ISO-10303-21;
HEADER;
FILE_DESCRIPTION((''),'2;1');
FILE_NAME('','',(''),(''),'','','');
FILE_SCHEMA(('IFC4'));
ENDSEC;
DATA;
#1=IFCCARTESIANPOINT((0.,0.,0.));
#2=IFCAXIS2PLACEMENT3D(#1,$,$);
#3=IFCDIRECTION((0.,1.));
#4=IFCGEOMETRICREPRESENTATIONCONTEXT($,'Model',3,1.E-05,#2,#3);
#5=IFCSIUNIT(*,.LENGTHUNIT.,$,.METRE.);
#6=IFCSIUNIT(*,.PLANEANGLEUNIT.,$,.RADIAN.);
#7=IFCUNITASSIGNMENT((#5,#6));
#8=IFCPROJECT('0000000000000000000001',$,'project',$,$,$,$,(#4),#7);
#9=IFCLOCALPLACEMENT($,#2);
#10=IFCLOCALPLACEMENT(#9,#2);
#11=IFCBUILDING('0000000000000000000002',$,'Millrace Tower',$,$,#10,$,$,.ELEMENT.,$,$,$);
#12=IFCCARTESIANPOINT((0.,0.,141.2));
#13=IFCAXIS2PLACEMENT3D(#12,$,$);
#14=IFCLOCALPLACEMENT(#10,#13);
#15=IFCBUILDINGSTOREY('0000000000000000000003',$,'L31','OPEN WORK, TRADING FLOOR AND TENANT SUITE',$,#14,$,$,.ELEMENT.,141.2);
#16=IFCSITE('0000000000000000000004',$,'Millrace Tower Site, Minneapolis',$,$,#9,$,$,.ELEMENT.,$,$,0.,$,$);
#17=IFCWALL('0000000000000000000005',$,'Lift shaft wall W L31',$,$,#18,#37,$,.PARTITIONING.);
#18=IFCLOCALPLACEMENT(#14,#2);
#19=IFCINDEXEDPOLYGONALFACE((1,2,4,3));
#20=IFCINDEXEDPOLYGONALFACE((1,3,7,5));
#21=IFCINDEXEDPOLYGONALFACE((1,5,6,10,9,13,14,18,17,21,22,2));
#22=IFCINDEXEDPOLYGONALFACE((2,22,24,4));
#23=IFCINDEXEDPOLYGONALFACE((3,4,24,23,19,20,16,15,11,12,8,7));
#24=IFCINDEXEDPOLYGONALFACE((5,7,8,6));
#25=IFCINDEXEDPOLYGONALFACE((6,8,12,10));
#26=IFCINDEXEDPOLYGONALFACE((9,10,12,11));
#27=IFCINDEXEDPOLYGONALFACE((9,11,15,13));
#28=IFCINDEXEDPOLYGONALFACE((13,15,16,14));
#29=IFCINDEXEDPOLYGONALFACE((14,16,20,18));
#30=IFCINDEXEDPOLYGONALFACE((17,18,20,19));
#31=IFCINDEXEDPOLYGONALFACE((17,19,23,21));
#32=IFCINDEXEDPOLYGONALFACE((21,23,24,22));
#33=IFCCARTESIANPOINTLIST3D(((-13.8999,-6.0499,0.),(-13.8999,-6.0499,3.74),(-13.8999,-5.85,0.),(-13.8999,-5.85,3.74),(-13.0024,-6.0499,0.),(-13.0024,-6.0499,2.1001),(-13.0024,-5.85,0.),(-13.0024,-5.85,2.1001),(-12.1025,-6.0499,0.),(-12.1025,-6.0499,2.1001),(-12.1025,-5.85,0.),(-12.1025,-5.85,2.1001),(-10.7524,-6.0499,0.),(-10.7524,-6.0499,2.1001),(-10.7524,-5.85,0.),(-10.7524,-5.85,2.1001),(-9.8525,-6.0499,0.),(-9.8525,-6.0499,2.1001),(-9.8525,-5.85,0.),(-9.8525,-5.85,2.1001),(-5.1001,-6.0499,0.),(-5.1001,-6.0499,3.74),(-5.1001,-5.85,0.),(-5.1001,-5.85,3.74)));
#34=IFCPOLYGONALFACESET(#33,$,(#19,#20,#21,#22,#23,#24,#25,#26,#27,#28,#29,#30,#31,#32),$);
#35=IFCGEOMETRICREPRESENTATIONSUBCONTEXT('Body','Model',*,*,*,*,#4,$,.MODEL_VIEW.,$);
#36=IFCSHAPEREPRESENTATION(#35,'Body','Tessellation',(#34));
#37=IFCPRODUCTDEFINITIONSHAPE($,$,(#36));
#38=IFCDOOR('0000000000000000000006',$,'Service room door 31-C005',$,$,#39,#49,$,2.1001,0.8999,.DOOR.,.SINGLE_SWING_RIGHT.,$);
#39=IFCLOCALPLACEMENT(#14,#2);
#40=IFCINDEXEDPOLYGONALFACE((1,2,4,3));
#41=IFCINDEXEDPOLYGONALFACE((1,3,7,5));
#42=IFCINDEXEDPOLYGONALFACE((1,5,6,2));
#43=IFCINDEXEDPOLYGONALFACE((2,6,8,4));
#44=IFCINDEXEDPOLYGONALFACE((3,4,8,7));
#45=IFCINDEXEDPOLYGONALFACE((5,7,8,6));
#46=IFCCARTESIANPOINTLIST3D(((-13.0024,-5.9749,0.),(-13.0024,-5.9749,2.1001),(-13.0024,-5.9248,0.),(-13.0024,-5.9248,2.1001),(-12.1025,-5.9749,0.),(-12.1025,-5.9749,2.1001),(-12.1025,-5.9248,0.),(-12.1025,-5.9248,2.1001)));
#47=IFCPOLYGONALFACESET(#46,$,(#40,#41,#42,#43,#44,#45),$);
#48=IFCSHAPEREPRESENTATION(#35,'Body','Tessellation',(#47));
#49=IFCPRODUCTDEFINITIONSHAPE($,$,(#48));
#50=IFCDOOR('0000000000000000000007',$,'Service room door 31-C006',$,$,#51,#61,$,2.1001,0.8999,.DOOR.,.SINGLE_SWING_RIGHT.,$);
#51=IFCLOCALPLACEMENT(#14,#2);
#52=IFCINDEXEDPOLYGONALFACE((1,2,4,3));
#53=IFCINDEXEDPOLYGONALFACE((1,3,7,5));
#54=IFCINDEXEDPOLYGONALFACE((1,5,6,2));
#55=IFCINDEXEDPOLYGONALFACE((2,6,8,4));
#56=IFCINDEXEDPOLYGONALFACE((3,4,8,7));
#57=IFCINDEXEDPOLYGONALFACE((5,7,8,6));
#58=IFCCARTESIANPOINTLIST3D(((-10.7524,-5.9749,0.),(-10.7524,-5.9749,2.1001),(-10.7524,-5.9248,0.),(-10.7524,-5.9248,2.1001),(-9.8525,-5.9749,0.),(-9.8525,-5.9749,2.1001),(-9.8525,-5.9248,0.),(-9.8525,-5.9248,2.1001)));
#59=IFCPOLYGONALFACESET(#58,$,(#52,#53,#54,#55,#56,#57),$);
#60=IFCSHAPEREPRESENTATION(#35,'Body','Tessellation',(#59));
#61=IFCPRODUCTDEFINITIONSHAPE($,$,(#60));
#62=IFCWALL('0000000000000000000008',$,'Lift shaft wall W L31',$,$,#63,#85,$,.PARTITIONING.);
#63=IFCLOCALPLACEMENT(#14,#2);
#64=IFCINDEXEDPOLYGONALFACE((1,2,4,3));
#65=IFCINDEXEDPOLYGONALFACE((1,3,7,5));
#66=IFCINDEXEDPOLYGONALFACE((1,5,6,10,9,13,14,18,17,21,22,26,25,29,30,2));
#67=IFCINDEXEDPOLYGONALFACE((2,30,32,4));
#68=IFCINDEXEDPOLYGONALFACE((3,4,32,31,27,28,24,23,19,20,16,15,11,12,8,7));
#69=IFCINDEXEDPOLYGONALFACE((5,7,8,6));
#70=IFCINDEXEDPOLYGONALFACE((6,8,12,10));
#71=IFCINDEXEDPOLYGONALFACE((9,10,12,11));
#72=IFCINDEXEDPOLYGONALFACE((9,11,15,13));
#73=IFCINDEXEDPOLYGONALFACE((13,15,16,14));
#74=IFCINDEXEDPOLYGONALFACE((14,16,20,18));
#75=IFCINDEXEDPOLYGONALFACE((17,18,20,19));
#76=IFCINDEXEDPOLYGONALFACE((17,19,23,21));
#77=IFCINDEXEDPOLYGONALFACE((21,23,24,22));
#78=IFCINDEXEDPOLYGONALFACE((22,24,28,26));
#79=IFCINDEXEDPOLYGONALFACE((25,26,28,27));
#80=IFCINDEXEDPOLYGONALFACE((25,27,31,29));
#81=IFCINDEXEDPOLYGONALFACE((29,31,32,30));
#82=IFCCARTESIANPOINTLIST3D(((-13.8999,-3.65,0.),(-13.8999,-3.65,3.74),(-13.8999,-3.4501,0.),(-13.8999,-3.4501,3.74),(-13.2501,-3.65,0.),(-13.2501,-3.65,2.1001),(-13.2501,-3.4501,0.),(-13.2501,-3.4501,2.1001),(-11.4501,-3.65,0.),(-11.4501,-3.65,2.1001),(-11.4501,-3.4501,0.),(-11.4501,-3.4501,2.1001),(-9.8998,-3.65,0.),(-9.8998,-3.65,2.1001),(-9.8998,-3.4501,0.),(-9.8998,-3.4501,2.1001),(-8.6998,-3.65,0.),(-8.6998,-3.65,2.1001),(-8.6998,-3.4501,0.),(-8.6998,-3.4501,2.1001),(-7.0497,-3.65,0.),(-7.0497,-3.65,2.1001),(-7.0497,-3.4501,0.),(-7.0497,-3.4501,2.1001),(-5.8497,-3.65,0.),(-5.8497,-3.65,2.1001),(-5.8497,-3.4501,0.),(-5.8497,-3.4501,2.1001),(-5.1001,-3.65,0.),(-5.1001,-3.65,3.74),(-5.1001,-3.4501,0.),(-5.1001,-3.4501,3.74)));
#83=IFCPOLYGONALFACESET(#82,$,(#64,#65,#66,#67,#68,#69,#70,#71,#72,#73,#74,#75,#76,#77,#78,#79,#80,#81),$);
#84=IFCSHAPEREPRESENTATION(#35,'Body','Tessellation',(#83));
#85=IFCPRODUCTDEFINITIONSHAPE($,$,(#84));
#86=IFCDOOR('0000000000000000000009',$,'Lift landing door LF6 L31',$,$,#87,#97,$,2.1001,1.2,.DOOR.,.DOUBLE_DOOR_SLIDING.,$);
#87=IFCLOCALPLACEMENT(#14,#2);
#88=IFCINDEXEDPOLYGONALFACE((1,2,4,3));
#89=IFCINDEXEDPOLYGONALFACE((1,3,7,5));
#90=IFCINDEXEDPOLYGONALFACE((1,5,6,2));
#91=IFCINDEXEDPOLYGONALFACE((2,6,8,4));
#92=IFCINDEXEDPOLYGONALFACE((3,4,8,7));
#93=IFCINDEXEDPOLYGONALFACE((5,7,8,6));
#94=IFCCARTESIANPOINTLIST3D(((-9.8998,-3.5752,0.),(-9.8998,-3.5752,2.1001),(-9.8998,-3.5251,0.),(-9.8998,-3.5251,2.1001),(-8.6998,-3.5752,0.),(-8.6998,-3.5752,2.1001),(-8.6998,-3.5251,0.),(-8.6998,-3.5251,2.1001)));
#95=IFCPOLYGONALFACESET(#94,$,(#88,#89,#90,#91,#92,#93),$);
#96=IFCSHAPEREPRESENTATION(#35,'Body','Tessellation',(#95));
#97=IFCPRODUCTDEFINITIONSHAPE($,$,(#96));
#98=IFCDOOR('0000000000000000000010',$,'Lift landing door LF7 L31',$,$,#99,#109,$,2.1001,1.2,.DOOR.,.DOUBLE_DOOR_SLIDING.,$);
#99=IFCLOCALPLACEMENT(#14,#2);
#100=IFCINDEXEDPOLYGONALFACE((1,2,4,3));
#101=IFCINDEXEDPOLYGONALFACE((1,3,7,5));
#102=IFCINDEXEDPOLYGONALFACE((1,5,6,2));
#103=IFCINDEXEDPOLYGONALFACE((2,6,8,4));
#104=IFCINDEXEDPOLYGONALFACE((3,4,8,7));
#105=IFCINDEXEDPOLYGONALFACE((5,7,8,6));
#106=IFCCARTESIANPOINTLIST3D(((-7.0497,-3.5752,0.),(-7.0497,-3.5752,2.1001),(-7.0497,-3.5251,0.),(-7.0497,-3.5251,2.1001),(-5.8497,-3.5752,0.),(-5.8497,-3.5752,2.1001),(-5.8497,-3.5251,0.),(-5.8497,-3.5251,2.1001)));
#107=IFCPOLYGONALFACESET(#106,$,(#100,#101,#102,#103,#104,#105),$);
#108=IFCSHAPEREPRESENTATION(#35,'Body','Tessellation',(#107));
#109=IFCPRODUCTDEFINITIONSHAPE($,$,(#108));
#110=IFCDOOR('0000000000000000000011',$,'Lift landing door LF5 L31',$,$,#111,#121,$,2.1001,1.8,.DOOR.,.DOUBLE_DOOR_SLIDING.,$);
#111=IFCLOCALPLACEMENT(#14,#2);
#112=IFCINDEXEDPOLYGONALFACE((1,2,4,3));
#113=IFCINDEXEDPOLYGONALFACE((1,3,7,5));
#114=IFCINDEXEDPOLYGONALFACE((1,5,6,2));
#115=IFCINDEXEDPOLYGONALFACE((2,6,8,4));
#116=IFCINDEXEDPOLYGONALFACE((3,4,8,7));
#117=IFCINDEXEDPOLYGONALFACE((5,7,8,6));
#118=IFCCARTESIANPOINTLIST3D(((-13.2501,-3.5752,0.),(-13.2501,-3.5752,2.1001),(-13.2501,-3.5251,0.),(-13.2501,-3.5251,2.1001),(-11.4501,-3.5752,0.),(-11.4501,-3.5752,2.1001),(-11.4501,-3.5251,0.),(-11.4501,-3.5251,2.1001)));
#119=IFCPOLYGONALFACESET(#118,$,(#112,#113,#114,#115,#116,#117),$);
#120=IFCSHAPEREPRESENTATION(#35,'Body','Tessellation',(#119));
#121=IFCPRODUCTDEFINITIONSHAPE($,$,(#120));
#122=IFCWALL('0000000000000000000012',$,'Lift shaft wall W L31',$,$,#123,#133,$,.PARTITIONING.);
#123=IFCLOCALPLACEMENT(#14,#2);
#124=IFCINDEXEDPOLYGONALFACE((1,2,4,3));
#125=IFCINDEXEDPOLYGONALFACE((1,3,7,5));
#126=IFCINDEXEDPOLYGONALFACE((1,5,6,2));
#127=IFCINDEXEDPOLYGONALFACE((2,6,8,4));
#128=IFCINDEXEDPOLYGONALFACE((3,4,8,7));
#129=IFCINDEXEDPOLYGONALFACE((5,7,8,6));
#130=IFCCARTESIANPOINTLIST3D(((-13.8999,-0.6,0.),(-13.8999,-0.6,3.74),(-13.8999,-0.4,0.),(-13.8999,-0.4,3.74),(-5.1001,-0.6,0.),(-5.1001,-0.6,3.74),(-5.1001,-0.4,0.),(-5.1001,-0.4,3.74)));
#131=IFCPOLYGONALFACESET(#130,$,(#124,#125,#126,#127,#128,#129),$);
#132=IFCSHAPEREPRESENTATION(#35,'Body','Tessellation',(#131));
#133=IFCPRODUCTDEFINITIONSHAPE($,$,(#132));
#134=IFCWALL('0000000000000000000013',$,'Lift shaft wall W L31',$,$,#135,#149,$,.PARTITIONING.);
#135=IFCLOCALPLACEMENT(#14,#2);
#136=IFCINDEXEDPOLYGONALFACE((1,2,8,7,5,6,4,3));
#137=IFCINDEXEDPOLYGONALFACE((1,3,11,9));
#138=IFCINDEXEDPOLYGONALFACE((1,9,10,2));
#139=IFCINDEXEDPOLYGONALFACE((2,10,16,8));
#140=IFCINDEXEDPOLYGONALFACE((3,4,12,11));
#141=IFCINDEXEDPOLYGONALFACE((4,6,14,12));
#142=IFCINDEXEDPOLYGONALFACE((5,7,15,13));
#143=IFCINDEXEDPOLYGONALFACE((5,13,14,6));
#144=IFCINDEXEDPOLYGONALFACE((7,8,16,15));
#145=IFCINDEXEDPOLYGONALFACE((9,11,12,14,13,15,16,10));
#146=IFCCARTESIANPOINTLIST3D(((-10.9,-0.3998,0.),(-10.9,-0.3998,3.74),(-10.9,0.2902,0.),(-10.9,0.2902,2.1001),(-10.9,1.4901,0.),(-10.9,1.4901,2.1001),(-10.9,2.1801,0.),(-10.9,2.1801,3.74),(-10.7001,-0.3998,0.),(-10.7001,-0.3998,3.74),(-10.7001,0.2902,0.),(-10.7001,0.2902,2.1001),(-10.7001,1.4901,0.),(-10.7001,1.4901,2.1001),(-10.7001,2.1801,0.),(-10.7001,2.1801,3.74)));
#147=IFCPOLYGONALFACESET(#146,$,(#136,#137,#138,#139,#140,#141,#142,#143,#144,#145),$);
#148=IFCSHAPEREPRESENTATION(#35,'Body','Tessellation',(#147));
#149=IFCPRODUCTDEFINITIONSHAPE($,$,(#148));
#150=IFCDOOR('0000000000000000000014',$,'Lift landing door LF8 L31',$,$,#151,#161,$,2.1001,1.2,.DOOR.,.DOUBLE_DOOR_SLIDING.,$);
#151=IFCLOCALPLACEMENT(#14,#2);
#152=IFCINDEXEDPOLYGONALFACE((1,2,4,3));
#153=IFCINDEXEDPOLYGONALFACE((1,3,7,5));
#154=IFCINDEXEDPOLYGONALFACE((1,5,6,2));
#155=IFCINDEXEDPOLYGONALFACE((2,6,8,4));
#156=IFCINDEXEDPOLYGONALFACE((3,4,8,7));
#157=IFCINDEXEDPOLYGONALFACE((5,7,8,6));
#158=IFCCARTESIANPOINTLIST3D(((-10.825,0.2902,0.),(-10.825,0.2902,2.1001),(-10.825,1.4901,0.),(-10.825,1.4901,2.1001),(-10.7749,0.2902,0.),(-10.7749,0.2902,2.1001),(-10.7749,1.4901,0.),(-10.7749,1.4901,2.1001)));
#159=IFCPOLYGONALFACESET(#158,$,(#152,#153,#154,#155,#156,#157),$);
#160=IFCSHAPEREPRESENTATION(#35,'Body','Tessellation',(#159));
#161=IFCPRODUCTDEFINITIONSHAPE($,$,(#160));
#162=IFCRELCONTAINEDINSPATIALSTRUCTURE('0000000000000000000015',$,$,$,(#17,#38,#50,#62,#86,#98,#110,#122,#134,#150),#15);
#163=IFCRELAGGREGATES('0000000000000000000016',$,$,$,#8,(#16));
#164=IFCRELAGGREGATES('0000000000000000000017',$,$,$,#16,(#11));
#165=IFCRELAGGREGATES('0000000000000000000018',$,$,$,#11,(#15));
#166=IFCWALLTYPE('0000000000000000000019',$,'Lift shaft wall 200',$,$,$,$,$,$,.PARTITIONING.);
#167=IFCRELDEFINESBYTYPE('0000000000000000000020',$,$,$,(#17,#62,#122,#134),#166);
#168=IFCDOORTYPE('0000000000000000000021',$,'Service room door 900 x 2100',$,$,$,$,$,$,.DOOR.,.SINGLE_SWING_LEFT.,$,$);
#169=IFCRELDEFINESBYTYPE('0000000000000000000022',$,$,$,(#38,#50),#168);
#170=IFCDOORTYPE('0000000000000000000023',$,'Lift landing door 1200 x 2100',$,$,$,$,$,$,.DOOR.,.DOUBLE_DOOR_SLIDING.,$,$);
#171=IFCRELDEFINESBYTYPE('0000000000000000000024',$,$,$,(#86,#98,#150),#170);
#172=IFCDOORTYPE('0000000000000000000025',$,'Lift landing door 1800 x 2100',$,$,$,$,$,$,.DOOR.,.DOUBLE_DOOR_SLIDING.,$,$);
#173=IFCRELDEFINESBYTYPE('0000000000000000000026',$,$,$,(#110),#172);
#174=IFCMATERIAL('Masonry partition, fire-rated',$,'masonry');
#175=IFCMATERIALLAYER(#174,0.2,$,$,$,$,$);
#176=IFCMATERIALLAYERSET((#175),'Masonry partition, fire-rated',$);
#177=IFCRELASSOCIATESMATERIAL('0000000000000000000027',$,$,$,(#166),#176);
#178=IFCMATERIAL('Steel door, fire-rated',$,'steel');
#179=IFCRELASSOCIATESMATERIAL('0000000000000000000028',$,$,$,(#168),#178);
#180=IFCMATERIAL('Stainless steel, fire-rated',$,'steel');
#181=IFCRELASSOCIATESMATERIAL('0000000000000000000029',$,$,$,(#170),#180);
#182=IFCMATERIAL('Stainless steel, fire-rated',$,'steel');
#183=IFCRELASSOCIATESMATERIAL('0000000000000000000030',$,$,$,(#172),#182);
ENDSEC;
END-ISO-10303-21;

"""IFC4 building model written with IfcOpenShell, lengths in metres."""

from ifc_helpers import new_model, si_unit, direction, frame, frame_2d, origin, place, context, subcontext, project, spatial, rectangle, extrude, material, layer, layer_set, type_object, element, fill, save


model = new_model("IFC4")

# Units and contexts
model_context = context("Model", 3, precision=1e-05, world=origin(), true_north=direction((0.0, 1.0)))
body_context = subcontext(model_context, "Body", "Model", "MODEL_VIEW")
ifc_project = project(units=[si_unit("LENGTHUNIT", "METRE"), si_unit("PLANEANGLEUNIT", "RADIAN")], contexts=[model_context])

# Site, building, storey
site_placement = place(None, origin())
site = spatial("IfcSite", under=ifc_project, at=site_placement, Name="Millrace Tower Site, Minneapolis", CompositionType="ELEMENT", RefElevation=0.0)
building_placement = place(site_placement, origin())
building = spatial("IfcBuilding", under=site, at=building_placement, Name="Millrace Tower", CompositionType="ELEMENT")
storey_placement = place(building_placement, frame((0.0, 0.0, 141.2)))
storey = spatial("IfcBuildingStorey", under=building, at=storey_placement, Name="L31", Description="OPEN WORK, TRADING FLOOR AND TENANT SUITE", CompositionType="ELEMENT", Elevation=141.2)

# Walls, openings, doors
ifc_material_1 = material(Name="Masonry partition, fire-rated", Category="masonry")
ifc_layer_1 = layer(ifc_material_1, 0.2)
ifc_layer_set_1 = layer_set([ifc_layer_1], Name="Masonry partition, fire-rated")
wall_type_1 = type_object("IfcWallType", Name="Lift shaft wall 200", PredefinedType="PARTITIONING", material=ifc_layer_set_1)
wall_1_placement = place(storey_placement, frame((-13.8999, -5.95, 0.0), z_axis=(0.0, 0.0, 1.0), x_axis=(1.0, 0.0, 0.0)))
wall_1 = element("IfcWall", 1, at=wall_1_placement, inside=storey, type_object=wall_type_1, Name="Lift shaft wall W L31", PredefinedType="PARTITIONING", context=body_context, shape_type="SweptSolid", body=[
    extrude(rectangle(XDim=8.7998, YDim=0.2, at=frame_2d((4.3999, 0.0))), origin(), (0.0, 0.0, 1.0), 3.74),
])
opening_1_placement = place(wall_1_placement, frame((0.8975, 0.0, 0.0)))
opening_1 = element("IfcOpeningElement", 2, at=opening_1_placement, cuts=wall_1, PredefinedType="OPENING", context=body_context, shape_type="SweptSolid", body=[
    extrude(rectangle(XDim=0.8999, YDim=2.1001, at=frame_2d((0.45, 1.05))), frame((0.0, 0.1099, 0.0), z_axis=(0.0, -1.0, 0.0), x_axis=(1.0, 0.0, 0.0)), (0.0, 0.0, 1.0), 0.22),
])
opening_2_placement = place(wall_1_placement, frame((3.1475, 0.0, 0.0)))
opening_2 = element("IfcOpeningElement", 3, at=opening_2_placement, cuts=wall_1, PredefinedType="OPENING", context=body_context, shape_type="SweptSolid", body=[
    extrude(rectangle(XDim=0.8999, YDim=2.1001, at=frame_2d((0.45, 1.05))), frame((0.0, 0.1099, 0.0), z_axis=(0.0, -1.0, 0.0), x_axis=(1.0, 0.0, 0.0)), (0.0, 0.0, 1.0), 0.22),
])
ifc_material_2 = material(Name="Steel door, fire-rated", Category="steel")
door_type_1 = type_object("IfcDoorType", Name="Service room door 900 x 2100", OperationType="SINGLE_SWING_LEFT", PredefinedType="DOOR", material=ifc_material_2)
door_1_placement = place(opening_1_placement, frame((0.8999, 0.0, 0.0), z_axis=(0.0, 0.0, 1.0), x_axis=(-1.0, 0.0, 0.0)))
door_1 = element("IfcDoor", 4, at=door_1_placement, inside=storey, type_object=door_type_1, Name="Service room door 31-C005", OperationType="SINGLE_SWING_RIGHT", OverallHeight=2.1001, OverallWidth=0.8999, PredefinedType="DOOR", context=body_context, shape_type="SweptSolid", body=[
    extrude(rectangle(XDim=0.8999, YDim=2.1001, at=frame_2d((0.45, 1.05))), frame((0.0, 0.0249, 0.0), z_axis=(0.0, -1.0, 0.0), x_axis=(1.0, 0.0, 0.0)), (0.0, 0.0, 1.0), 0.05),
])
fill(opening_1, door_1)
door_2_placement = place(opening_2_placement, frame((0.8999, 0.0, 0.0), z_axis=(0.0, 0.0, 1.0), x_axis=(-1.0, 0.0, 0.0)))
door_2 = element("IfcDoor", 5, at=door_2_placement, inside=storey, type_object=door_type_1, Name="Service room door 31-C006", OperationType="SINGLE_SWING_RIGHT", OverallHeight=2.1001, OverallWidth=0.8999, PredefinedType="DOOR", context=body_context, shape_type="SweptSolid", body=[
    extrude(rectangle(XDim=0.8999, YDim=2.1001, at=frame_2d((0.45, 1.05))), frame((0.0, 0.0249, 0.0), z_axis=(0.0, -1.0, 0.0), x_axis=(1.0, 0.0, 0.0)), (0.0, 0.0, 1.0), 0.05),
])
fill(opening_2, door_2)
wall_2_placement = place(storey_placement, frame((-13.8999, -3.55, 0.0), z_axis=(0.0, 0.0, 1.0), x_axis=(1.0, 0.0, 0.0)))
wall_2 = element("IfcWall", 6, at=wall_2_placement, inside=storey, type_object=wall_type_1, Name="Lift shaft wall W L31", PredefinedType="PARTITIONING", context=body_context, shape_type="SweptSolid", body=[
    extrude(rectangle(XDim=8.7998, YDim=0.2, at=frame_2d((4.3999, 0.0))), origin(), (0.0, 0.0, 1.0), 3.74),
])
opening_3_placement = place(wall_2_placement, frame((0.6499, 0.0, 0.0)))
opening_3 = element("IfcOpeningElement", 7, at=opening_3_placement, cuts=wall_2, PredefinedType="OPENING", context=body_context, shape_type="SweptSolid", body=[
    extrude(rectangle(XDim=1.8, YDim=2.1001, at=frame_2d((0.8999, 1.05))), frame((0.0, 0.1099, 0.0), z_axis=(0.0, -1.0, 0.0), x_axis=(1.0, 0.0, 0.0)), (0.0, 0.0, 1.0), 0.22),
])
opening_4_placement = place(wall_2_placement, frame((4.0, 0.0, 0.0)))
opening_4 = element("IfcOpeningElement", 8, at=opening_4_placement, cuts=wall_2, PredefinedType="OPENING", context=body_context, shape_type="SweptSolid", body=[
    extrude(rectangle(XDim=1.2, YDim=2.1001, at=frame_2d((0.6001, 1.05))), frame((0.0, 0.1099, 0.0), z_axis=(0.0, -1.0, 0.0), x_axis=(1.0, 0.0, 0.0)), (0.0, 0.0, 1.0), 0.22),
])
opening_5_placement = place(wall_2_placement, frame((6.8501, 0.0, 0.0)))
opening_5 = element("IfcOpeningElement", 9, at=opening_5_placement, cuts=wall_2, PredefinedType="OPENING", context=body_context, shape_type="SweptSolid", body=[
    extrude(rectangle(XDim=1.2, YDim=2.1001, at=frame_2d((0.6001, 1.05))), frame((0.0, 0.1099, 0.0), z_axis=(0.0, -1.0, 0.0), x_axis=(1.0, 0.0, 0.0)), (0.0, 0.0, 1.0), 0.22),
])
ifc_material_3 = material(Name="Stainless steel, fire-rated", Category="steel")
door_type_2 = type_object("IfcDoorType", Name="Lift landing door 1200 x 2100", OperationType="DOUBLE_DOOR_SLIDING", PredefinedType="DOOR", material=ifc_material_3)
door_3_placement = place(opening_4_placement, origin())
door_3 = element("IfcDoor", 10, at=door_3_placement, inside=storey, type_object=door_type_2, Name="Lift landing door LF6 L31", OperationType="DOUBLE_DOOR_SLIDING", OverallHeight=2.1001, OverallWidth=1.2, PredefinedType="DOOR", context=body_context, shape_type="SweptSolid", body=[
    extrude(rectangle(XDim=1.2, YDim=2.1001, at=frame_2d((0.6001, 1.05))), frame((0.0, 0.0249, 0.0), z_axis=(0.0, -1.0, 0.0), x_axis=(1.0, 0.0, 0.0)), (0.0, 0.0, 1.0), 0.05),
])
fill(opening_4, door_3)
door_4_placement = place(opening_5_placement, origin())
door_4 = element("IfcDoor", 11, at=door_4_placement, inside=storey, type_object=door_type_2, Name="Lift landing door LF7 L31", OperationType="DOUBLE_DOOR_SLIDING", OverallHeight=2.1001, OverallWidth=1.2, PredefinedType="DOOR", context=body_context, shape_type="SweptSolid", body=[
    extrude(rectangle(XDim=1.2, YDim=2.1001, at=frame_2d((0.6001, 1.05))), frame((0.0, 0.0249, 0.0), z_axis=(0.0, -1.0, 0.0), x_axis=(1.0, 0.0, 0.0)), (0.0, 0.0, 1.0), 0.05),
])
fill(opening_5, door_4)
ifc_material_4 = material(Name="Stainless steel, fire-rated", Category="steel")
door_type_3 = type_object("IfcDoorType", Name="Lift landing door 1800 x 2100", OperationType="DOUBLE_DOOR_SLIDING", PredefinedType="DOOR", material=ifc_material_4)
door_5_placement = place(opening_3_placement, origin())
door_5 = element("IfcDoor", 12, at=door_5_placement, inside=storey, type_object=door_type_3, Name="Lift landing door LF5 L31", OperationType="DOUBLE_DOOR_SLIDING", OverallHeight=2.1001, OverallWidth=1.8, PredefinedType="DOOR", context=body_context, shape_type="SweptSolid", body=[
    extrude(rectangle(XDim=1.8, YDim=2.1001, at=frame_2d((0.8999, 1.05))), frame((0.0, 0.0249, 0.0), z_axis=(0.0, -1.0, 0.0), x_axis=(1.0, 0.0, 0.0)), (0.0, 0.0, 1.0), 0.05),
])
fill(opening_3, door_5)

# Wall
wall_3_placement = place(storey_placement, frame((-13.8999, -0.5, 0.0), z_axis=(0.0, 0.0, 1.0), x_axis=(1.0, 0.0, 0.0)))
element("IfcWall", 13, at=wall_3_placement, inside=storey, type_object=wall_type_1, Name="Lift shaft wall W L31", PredefinedType="PARTITIONING", context=body_context, shape_type="SweptSolid", body=[
    extrude(rectangle(XDim=8.7998, YDim=0.2, at=frame_2d((4.3999, 0.0))), origin(), (0.0, 0.0, 1.0), 3.74),
])

# Wall, opening, door
wall_4_placement = place(storey_placement, frame((-10.8, -0.3999, 0.0), z_axis=(0.0, 0.0, 1.0), x_axis=(0.0, 1.0, 0.0)))
wall_4 = element("IfcWall", 14, at=wall_4_placement, inside=storey, type_object=wall_type_1, Name="Lift shaft wall W L31", PredefinedType="PARTITIONING", context=body_context, shape_type="SweptSolid", body=[
    extrude(rectangle(XDim=2.5798, YDim=0.2, at=frame_2d((1.29, 0.0))), origin(), (0.0, 0.0, 1.0), 3.74),
])
opening_6_placement = place(wall_4_placement, frame((0.6899, 0.0, 0.0)))
opening_6 = element("IfcOpeningElement", 15, at=opening_6_placement, cuts=wall_4, PredefinedType="OPENING", context=body_context, shape_type="SweptSolid", body=[
    extrude(rectangle(XDim=1.2, YDim=2.1001, at=frame_2d((0.6001, 1.05))), frame((0.0, 0.1099, 0.0), z_axis=(0.0, -1.0, 0.0), x_axis=(1.0, 0.0, 0.0)), (0.0, 0.0, 1.0), 0.22),
])
door_6_placement = place(opening_6_placement, origin())
door_6 = element("IfcDoor", 16, at=door_6_placement, inside=storey, type_object=door_type_2, Name="Lift landing door LF8 L31", OperationType="DOUBLE_DOOR_SLIDING", OverallHeight=2.1001, OverallWidth=1.2, PredefinedType="DOOR", context=body_context, shape_type="SweptSolid", body=[
    extrude(rectangle(XDim=1.2, YDim=2.1001, at=frame_2d((0.6001, 1.05))), frame((0.0, 0.0249, 0.0), z_axis=(0.0, -1.0, 0.0), x_axis=(1.0, 0.0, 0.0)), (0.0, 0.0, 1.0), 0.05),
])
fill(opening_6, door_6)

save(model, "model.ifc")
